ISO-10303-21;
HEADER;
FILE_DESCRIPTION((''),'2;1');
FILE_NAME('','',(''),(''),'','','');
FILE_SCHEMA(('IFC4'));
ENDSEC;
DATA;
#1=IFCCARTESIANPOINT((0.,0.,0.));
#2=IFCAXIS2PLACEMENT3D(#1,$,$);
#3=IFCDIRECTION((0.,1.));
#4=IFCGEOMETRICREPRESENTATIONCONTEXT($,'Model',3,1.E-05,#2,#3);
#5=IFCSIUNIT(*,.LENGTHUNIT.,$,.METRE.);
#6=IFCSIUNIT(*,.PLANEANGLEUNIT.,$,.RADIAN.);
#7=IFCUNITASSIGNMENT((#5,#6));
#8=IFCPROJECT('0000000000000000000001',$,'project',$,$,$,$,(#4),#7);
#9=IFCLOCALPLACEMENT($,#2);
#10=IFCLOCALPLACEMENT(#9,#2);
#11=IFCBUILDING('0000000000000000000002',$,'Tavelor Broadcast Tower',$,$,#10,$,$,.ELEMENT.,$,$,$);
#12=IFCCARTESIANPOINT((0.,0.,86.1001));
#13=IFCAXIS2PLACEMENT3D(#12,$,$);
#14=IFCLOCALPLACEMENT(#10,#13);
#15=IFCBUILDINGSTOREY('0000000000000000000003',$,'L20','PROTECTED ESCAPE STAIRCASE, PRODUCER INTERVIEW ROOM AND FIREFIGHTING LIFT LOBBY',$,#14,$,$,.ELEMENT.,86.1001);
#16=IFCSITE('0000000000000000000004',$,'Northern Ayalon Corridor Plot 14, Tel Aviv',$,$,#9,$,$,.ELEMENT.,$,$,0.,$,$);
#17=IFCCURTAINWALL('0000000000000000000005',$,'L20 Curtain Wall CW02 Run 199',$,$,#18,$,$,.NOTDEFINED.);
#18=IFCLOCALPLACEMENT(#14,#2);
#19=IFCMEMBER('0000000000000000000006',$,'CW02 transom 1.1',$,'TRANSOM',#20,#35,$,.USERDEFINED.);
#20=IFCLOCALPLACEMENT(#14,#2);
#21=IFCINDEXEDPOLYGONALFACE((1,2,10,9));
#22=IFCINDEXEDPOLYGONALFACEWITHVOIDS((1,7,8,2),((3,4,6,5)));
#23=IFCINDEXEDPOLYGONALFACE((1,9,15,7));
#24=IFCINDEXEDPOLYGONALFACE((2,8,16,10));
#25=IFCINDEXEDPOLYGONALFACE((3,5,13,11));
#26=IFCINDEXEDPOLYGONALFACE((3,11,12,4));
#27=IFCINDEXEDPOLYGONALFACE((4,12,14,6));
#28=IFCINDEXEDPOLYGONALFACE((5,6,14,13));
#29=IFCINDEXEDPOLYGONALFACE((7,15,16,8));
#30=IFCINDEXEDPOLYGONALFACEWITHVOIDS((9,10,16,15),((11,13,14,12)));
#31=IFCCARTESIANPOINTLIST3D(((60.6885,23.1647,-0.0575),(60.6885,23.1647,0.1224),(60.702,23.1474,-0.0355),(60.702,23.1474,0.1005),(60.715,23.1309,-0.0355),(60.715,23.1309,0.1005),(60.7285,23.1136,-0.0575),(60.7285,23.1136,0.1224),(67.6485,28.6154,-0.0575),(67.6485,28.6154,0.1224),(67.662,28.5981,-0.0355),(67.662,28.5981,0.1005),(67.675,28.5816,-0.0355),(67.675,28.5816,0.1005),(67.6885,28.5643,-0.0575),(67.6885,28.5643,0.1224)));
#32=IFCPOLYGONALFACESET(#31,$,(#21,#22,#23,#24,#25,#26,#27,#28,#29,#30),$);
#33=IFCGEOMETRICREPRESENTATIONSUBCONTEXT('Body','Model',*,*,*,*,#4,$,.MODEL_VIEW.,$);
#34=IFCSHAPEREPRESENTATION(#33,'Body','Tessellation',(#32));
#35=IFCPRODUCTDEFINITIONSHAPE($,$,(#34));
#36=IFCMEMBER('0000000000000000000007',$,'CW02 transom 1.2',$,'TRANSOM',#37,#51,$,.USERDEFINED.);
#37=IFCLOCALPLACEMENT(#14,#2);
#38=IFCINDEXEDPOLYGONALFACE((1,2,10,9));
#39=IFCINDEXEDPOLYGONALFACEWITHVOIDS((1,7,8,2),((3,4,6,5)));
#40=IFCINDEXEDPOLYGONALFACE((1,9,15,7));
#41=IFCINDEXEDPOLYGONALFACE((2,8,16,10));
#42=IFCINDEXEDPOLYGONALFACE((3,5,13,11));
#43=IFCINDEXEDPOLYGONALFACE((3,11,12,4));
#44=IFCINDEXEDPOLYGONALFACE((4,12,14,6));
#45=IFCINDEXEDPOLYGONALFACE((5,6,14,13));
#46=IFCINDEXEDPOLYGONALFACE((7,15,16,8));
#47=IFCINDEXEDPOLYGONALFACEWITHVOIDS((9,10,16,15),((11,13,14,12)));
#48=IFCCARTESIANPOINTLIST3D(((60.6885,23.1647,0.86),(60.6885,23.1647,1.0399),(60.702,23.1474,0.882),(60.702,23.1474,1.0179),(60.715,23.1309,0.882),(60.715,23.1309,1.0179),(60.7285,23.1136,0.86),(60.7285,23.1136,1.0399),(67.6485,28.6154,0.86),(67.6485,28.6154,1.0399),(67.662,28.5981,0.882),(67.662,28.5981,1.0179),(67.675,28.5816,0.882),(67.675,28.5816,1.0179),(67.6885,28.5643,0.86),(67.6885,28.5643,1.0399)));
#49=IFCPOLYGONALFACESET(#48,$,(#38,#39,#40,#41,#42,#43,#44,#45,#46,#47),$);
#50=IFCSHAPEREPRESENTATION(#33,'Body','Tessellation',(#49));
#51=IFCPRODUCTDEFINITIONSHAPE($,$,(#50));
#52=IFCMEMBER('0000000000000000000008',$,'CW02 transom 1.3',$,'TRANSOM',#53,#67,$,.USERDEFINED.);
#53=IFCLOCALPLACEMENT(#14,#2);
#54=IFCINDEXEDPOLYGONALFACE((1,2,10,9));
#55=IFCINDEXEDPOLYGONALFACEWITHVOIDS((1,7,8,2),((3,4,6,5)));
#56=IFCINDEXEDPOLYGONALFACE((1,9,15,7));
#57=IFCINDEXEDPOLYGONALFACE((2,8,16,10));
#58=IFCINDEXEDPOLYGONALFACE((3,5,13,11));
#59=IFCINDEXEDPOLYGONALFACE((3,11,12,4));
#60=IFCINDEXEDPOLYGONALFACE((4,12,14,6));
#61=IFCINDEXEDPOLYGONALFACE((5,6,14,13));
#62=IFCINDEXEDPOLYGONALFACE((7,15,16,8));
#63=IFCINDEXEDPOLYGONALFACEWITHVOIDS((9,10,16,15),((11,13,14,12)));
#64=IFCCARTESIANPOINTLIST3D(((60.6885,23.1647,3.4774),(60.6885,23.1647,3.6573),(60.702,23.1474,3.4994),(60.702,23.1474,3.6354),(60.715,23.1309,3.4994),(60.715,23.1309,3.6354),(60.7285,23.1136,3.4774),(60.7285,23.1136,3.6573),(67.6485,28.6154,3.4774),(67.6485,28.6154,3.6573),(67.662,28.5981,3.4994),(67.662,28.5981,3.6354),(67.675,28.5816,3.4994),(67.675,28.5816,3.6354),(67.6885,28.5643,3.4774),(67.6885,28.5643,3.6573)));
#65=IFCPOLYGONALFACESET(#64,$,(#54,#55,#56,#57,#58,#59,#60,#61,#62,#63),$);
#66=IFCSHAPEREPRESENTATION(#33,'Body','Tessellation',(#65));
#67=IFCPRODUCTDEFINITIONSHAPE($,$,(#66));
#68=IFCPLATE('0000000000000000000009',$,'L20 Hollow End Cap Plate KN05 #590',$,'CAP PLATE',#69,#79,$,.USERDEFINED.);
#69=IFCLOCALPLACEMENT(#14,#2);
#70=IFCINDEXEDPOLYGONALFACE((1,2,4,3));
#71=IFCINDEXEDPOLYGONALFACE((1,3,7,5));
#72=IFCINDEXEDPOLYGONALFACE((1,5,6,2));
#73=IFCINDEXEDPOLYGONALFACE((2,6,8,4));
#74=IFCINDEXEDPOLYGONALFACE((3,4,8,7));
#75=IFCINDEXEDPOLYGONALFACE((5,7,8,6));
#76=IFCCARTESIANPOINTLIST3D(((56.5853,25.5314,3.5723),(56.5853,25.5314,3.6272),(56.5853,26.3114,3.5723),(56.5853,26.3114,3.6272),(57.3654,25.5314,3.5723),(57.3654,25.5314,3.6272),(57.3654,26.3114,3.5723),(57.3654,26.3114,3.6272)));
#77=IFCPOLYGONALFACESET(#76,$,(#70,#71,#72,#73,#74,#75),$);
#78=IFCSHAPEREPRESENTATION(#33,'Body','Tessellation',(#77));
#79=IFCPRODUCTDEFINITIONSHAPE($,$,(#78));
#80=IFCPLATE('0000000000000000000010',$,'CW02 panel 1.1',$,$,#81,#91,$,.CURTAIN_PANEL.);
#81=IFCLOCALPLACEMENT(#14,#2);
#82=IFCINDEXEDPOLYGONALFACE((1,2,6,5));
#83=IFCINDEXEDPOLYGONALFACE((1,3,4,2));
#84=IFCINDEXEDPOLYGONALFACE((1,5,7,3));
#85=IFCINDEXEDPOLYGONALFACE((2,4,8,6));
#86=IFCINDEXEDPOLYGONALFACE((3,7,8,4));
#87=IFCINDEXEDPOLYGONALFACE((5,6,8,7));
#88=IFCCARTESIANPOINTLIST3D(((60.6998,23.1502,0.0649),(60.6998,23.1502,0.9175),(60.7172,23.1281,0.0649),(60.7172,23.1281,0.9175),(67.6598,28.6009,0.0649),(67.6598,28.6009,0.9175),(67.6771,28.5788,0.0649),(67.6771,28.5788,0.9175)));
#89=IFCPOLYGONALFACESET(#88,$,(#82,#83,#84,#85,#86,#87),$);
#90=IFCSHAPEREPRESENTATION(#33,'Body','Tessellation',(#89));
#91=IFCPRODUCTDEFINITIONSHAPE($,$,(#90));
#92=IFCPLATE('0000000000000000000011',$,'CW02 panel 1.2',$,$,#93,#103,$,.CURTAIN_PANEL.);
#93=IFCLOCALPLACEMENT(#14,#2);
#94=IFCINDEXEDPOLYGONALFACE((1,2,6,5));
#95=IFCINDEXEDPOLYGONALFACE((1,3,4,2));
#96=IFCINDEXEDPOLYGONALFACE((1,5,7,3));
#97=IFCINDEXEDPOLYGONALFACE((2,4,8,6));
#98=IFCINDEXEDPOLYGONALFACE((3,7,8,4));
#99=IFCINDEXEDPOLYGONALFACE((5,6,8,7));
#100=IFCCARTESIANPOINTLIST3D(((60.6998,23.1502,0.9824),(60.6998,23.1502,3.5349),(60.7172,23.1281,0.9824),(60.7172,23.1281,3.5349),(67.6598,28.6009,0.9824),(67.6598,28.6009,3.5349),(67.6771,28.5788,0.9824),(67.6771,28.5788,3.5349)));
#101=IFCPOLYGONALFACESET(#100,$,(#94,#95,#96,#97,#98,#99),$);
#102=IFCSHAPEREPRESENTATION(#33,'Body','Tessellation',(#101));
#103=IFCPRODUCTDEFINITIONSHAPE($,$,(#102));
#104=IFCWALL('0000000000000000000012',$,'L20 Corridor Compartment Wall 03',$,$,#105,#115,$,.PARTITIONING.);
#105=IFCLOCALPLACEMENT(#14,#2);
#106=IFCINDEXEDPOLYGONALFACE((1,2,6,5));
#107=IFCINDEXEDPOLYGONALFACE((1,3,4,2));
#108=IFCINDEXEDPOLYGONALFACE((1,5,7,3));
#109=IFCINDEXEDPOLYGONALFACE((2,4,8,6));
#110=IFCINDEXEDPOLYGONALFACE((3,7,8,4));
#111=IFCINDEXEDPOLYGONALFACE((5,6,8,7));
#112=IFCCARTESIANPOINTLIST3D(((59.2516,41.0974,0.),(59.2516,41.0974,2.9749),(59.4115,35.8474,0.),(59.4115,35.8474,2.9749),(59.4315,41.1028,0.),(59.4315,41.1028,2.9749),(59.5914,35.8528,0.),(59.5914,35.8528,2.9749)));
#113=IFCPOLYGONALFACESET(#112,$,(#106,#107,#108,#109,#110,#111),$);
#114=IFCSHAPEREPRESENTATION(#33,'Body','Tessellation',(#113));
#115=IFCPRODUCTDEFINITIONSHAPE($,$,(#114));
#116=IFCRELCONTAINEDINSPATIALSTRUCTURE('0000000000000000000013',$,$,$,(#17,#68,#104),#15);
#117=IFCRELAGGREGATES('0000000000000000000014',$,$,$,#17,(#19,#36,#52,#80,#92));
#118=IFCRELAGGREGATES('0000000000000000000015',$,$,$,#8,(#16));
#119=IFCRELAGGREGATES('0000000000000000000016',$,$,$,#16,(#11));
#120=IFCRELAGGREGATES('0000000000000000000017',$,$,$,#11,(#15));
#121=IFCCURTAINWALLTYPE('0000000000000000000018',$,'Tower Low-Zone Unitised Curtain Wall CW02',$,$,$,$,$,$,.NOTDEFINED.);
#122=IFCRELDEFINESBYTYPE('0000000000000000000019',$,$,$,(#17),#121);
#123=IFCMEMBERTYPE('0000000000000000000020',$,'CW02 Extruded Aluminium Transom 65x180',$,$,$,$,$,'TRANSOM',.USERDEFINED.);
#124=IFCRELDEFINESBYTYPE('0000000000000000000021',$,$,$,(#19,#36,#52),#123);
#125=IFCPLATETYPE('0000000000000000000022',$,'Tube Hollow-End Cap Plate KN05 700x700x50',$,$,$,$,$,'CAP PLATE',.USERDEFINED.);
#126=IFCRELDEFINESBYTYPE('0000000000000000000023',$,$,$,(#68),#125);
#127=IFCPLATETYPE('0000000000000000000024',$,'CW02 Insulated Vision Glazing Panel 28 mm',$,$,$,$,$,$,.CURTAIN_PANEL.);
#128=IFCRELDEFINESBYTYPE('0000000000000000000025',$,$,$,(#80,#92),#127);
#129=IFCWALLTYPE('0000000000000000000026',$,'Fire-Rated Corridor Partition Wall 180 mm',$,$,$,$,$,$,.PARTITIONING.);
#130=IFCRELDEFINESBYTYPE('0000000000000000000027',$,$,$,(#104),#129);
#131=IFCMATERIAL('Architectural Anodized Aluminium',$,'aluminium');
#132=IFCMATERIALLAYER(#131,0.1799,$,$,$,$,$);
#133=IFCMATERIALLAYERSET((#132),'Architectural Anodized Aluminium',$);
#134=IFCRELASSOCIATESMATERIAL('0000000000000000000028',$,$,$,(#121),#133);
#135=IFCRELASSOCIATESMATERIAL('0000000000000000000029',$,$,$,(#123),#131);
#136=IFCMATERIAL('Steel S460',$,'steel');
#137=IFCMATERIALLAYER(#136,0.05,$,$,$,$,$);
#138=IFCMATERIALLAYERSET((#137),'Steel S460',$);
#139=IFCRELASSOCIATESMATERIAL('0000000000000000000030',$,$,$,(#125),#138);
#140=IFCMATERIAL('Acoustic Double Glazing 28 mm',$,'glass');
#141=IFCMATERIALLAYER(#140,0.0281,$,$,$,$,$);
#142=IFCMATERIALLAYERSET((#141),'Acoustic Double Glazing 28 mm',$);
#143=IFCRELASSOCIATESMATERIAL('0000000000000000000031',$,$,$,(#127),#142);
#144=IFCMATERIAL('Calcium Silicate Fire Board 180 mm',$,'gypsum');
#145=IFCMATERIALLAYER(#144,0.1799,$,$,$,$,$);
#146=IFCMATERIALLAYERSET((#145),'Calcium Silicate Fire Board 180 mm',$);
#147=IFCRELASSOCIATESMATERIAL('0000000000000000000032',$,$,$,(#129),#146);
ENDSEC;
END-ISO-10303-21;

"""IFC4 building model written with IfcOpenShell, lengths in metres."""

from ifc_helpers import new_model, si_unit, direction, frame, frame_2d, origin, origin_2d, place, context, subcontext, project, spatial, rectangle, hollow_rectangle, extrude, source, transform, mapped, material, layer, layer_set, material_profile, profile_set, type_object, type_shapes, element, aggregate, save


model = new_model("IFC4")

# Units and contexts
model_context = context("Model", 3, precision=1e-05, world=origin(), true_north=direction((0.0, 1.0)))
body_context = subcontext(model_context, "Body", "Model", "MODEL_VIEW")
ifc_project = project(units=[si_unit("LENGTHUNIT", "METRE"), si_unit("PLANEANGLEUNIT", "RADIAN")], contexts=[model_context])

# Site, building, storey
site_placement = place(None, origin())
site = spatial("IfcSite", under=ifc_project, at=site_placement, Name="Northern Ayalon Corridor Plot 14, Tel Aviv", CompositionType="ELEMENT", RefElevation=0.0)
building_placement = place(site_placement, origin())
building = spatial("IfcBuilding", under=site, at=building_placement, Name="Tavelor Broadcast Tower", CompositionType="ELEMENT")
storey_placement = place(building_placement, frame((0.0, 0.0, 86.1001)))
storey = spatial("IfcBuildingStorey", under=building, at=storey_placement, Name="L20", Description="PROTECTED ESCAPE STAIRCASE, PRODUCER INTERVIEW ROOM AND FIREFIGHTING LIFT LOBBY", CompositionType="ELEMENT", Elevation=86.1001)

# Shared definitions
ifc_material_1 = material(Name="Steel S460", Category="steel")

# Shared definitions
ifc_material_2 = material(Name="Architectural Anodized Aluminium", Category="aluminium")
ifc_layer_1 = layer(ifc_material_2, 0.1799)
ifc_layer_set_1 = layer_set([ifc_layer_1], Name="Architectural Anodized Aluminium")
curtain_wall_type = type_object("IfcCurtainWallType", Name="Tower Low-Zone Unitised Curtain Wall CW02", PredefinedType="NOTDEFINED", material=ifc_layer_set_1)

# Curtain wall, members
curtain_wall_1_placement = place(storey_placement, origin())
curtain_wall_1 = element("IfcCurtainWall", 1, at=curtain_wall_1_placement, inside=storey, type_object=curtain_wall_type, Name="L20 Curtain Wall CW02 Run 199", PredefinedType="NOTDEFINED")
ifc_material_profile_1 = material_profile(ifc_material_2, hollow_rectangle(XDim=0.0649, YDim=0.1799, WallThickness=0.022, at=origin_2d()), Name="RHS 65x180x22")
ifc_profile_set_1 = profile_set([ifc_material_profile_1], Name="Architectural Anodized Aluminium")
member_type_1 = type_object("IfcMemberType", Name="CW02 Extruded Aluminium Transom 65x180", ElementType="TRANSOM", PredefinedType="USERDEFINED", material=ifc_profile_set_1)
shared_shape_1 = source(origin(), body_context, "Body", "SweptSolid", [
    extrude(hollow_rectangle(XDim=0.0649, YDim=0.1799, WallThickness=0.022, at=origin_2d()), origin(), (0.0, 0.0, 1.0), 8.8403),
])
type_shapes(member_type_1, [shared_shape_1])
member_1_placement = place(storey_placement, frame((60.7085, 23.1392, 0.0325), z_axis=(0.787299, 0.616572, 0.0), x_axis=(-0.616572, 0.787299, 0.0)))
member_1 = element("IfcMember", 2, at=member_1_placement, type_object=member_type_1, Name="CW02 transom 1.1", ObjectType="TRANSOM", PredefinedType="USERDEFINED", context=body_context, shape_type="MappedRepresentation", body=[
    mapped(shared_shape_1, transform((0.0, 0.0, 0.0), scale=1.0)),
])
member_2_placement = place(storey_placement, frame((60.7085, 23.1392, 0.95), z_axis=(0.787299, 0.616572, 0.0), x_axis=(-0.616572, 0.787299, 0.0)))
member_2 = element("IfcMember", 3, at=member_2_placement, type_object=member_type_1, Name="CW02 transom 1.2", ObjectType="TRANSOM", PredefinedType="USERDEFINED", context=body_context, shape_type="MappedRepresentation", body=[
    mapped(shared_shape_1, transform((0.0, 0.0, 0.0), scale=1.0)),
])
member_3_placement = place(storey_placement, frame((60.7085, 23.1392, 3.5674), z_axis=(0.787299, 0.616572, 0.0), x_axis=(-0.616572, 0.787299, 0.0)))
member_3 = element("IfcMember", 4, at=member_3_placement, type_object=member_type_1, Name="CW02 transom 1.3", ObjectType="TRANSOM", PredefinedType="USERDEFINED", context=body_context, shape_type="MappedRepresentation", body=[
    mapped(shared_shape_1, transform((0.0, 0.0, 0.0), scale=1.0)),
])

# Plates
ifc_layer_2 = layer(ifc_material_1, 0.05)
ifc_layer_set_2 = layer_set([ifc_layer_2], Name="Steel S460")
plate_type_1 = type_object("IfcPlateType", Name="Tube Hollow-End Cap Plate KN05 700x700x50", ElementType="CAP PLATE", PredefinedType="USERDEFINED", material=ifc_layer_set_2)
shared_shape_2 = source(origin(), body_context, "Body", "SweptSolid", [
    extrude(rectangle(XDim=0.78, YDim=0.78, at=origin_2d()), origin(), (0.0, 0.0, 1.0), 0.0549),
])
type_shapes(plate_type_1, [shared_shape_2])
plate_1_placement = place(storey_placement, frame((56.9753, 25.9214, 3.5723), z_axis=(0.0, 0.0, 1.0), x_axis=(1.0, 0.0, 0.0)))
element("IfcPlate", 5, at=plate_1_placement, inside=storey, type_object=plate_type_1, Name="L20 Hollow End Cap Plate KN05 #590", ObjectType="CAP PLATE", PredefinedType="USERDEFINED", context=body_context, shape_type="MappedRepresentation", body=[
    mapped(shared_shape_2, transform((0.0, 0.0, 0.0), scale=1.0)),
])
ifc_material_3 = material(Name="Acoustic Double Glazing 28 mm", Category="glass")
ifc_layer_3 = layer(ifc_material_3, 0.0281)
ifc_layer_set_3 = layer_set([ifc_layer_3], Name="Acoustic Double Glazing 28 mm")
plate_type_2 = type_object("IfcPlateType", Name="CW02 Insulated Vision Glazing Panel 28 mm", PredefinedType="CURTAIN_PANEL", material=ifc_layer_set_3)
shared_shape_3 = source(origin(), body_context, "Body", "SweptSolid", [
    extrude(rectangle(XDim=8.8403, YDim=0.0281, at=origin_2d()), origin(), (0.0, 0.0, 1.0), 0.8525),
])
plate_2_placement = place(storey_placement, frame((64.1885, 25.8645, 0.0649), z_axis=(0.0, 0.0, 1.0), x_axis=(0.787295, 0.616577, 0.0)))
plate_2 = element("IfcPlate", 6, at=plate_2_placement, type_object=plate_type_2, Name="CW02 panel 1.1", PredefinedType="CURTAIN_PANEL", context=body_context, shape_type="MappedRepresentation", body=[
    mapped(shared_shape_3, transform((0.0, 0.0, 0.0), scale=1.0)),
])
shared_shape_4 = source(origin(), body_context, "Body", "SweptSolid", [
    extrude(rectangle(XDim=8.8403, YDim=0.0281, at=origin_2d()), origin(), (0.0, 0.0, 1.0), 2.5525),
])
type_shapes(plate_type_2, [shared_shape_3, shared_shape_4])
plate_3_placement = place(storey_placement, frame((64.1885, 25.8645, 0.9824), z_axis=(0.0, 0.0, 1.0), x_axis=(0.787295, 0.616577, 0.0)))
plate_3 = element("IfcPlate", 7, at=plate_3_placement, type_object=plate_type_2, Name="CW02 panel 1.2", PredefinedType="CURTAIN_PANEL", context=body_context, shape_type="MappedRepresentation", body=[
    mapped(shared_shape_4, transform((0.0, 0.0, 0.0), scale=1.0)),
])
aggregate(curtain_wall_1, [member_1, member_2, member_3, plate_2, plate_3])

# Wall
ifc_material_4 = material(Name="Calcium Silicate Fire Board 180 mm", Category="gypsum")
ifc_layer_4 = layer(ifc_material_4, 0.1799)
ifc_layer_set_4 = layer_set([ifc_layer_4], Name="Calcium Silicate Fire Board 180 mm")
wall_type_1 = type_object("IfcWallType", Name="Fire-Rated Corridor Partition Wall 180 mm", PredefinedType="PARTITIONING", material=ifc_layer_set_4)
wall_1_placement = place(storey_placement, frame((59.3416, 41.1001, 0.0), z_axis=(0.0, 0.0, 1.0), x_axis=(0.030445, -0.999536, 0.0)))
element("IfcWall", 8, at=wall_1_placement, inside=storey, type_object=wall_type_1, Name="L20 Corridor Compartment Wall 03", PredefinedType="PARTITIONING", context=body_context, shape_type="SweptSolid", body=[
    extrude(rectangle(XDim=5.2524, YDim=0.1799, at=frame_2d((2.6262, 0.0))), origin(), (0.0, 0.0, 1.0), 2.9749),
])

save(model, "model.ifc")
